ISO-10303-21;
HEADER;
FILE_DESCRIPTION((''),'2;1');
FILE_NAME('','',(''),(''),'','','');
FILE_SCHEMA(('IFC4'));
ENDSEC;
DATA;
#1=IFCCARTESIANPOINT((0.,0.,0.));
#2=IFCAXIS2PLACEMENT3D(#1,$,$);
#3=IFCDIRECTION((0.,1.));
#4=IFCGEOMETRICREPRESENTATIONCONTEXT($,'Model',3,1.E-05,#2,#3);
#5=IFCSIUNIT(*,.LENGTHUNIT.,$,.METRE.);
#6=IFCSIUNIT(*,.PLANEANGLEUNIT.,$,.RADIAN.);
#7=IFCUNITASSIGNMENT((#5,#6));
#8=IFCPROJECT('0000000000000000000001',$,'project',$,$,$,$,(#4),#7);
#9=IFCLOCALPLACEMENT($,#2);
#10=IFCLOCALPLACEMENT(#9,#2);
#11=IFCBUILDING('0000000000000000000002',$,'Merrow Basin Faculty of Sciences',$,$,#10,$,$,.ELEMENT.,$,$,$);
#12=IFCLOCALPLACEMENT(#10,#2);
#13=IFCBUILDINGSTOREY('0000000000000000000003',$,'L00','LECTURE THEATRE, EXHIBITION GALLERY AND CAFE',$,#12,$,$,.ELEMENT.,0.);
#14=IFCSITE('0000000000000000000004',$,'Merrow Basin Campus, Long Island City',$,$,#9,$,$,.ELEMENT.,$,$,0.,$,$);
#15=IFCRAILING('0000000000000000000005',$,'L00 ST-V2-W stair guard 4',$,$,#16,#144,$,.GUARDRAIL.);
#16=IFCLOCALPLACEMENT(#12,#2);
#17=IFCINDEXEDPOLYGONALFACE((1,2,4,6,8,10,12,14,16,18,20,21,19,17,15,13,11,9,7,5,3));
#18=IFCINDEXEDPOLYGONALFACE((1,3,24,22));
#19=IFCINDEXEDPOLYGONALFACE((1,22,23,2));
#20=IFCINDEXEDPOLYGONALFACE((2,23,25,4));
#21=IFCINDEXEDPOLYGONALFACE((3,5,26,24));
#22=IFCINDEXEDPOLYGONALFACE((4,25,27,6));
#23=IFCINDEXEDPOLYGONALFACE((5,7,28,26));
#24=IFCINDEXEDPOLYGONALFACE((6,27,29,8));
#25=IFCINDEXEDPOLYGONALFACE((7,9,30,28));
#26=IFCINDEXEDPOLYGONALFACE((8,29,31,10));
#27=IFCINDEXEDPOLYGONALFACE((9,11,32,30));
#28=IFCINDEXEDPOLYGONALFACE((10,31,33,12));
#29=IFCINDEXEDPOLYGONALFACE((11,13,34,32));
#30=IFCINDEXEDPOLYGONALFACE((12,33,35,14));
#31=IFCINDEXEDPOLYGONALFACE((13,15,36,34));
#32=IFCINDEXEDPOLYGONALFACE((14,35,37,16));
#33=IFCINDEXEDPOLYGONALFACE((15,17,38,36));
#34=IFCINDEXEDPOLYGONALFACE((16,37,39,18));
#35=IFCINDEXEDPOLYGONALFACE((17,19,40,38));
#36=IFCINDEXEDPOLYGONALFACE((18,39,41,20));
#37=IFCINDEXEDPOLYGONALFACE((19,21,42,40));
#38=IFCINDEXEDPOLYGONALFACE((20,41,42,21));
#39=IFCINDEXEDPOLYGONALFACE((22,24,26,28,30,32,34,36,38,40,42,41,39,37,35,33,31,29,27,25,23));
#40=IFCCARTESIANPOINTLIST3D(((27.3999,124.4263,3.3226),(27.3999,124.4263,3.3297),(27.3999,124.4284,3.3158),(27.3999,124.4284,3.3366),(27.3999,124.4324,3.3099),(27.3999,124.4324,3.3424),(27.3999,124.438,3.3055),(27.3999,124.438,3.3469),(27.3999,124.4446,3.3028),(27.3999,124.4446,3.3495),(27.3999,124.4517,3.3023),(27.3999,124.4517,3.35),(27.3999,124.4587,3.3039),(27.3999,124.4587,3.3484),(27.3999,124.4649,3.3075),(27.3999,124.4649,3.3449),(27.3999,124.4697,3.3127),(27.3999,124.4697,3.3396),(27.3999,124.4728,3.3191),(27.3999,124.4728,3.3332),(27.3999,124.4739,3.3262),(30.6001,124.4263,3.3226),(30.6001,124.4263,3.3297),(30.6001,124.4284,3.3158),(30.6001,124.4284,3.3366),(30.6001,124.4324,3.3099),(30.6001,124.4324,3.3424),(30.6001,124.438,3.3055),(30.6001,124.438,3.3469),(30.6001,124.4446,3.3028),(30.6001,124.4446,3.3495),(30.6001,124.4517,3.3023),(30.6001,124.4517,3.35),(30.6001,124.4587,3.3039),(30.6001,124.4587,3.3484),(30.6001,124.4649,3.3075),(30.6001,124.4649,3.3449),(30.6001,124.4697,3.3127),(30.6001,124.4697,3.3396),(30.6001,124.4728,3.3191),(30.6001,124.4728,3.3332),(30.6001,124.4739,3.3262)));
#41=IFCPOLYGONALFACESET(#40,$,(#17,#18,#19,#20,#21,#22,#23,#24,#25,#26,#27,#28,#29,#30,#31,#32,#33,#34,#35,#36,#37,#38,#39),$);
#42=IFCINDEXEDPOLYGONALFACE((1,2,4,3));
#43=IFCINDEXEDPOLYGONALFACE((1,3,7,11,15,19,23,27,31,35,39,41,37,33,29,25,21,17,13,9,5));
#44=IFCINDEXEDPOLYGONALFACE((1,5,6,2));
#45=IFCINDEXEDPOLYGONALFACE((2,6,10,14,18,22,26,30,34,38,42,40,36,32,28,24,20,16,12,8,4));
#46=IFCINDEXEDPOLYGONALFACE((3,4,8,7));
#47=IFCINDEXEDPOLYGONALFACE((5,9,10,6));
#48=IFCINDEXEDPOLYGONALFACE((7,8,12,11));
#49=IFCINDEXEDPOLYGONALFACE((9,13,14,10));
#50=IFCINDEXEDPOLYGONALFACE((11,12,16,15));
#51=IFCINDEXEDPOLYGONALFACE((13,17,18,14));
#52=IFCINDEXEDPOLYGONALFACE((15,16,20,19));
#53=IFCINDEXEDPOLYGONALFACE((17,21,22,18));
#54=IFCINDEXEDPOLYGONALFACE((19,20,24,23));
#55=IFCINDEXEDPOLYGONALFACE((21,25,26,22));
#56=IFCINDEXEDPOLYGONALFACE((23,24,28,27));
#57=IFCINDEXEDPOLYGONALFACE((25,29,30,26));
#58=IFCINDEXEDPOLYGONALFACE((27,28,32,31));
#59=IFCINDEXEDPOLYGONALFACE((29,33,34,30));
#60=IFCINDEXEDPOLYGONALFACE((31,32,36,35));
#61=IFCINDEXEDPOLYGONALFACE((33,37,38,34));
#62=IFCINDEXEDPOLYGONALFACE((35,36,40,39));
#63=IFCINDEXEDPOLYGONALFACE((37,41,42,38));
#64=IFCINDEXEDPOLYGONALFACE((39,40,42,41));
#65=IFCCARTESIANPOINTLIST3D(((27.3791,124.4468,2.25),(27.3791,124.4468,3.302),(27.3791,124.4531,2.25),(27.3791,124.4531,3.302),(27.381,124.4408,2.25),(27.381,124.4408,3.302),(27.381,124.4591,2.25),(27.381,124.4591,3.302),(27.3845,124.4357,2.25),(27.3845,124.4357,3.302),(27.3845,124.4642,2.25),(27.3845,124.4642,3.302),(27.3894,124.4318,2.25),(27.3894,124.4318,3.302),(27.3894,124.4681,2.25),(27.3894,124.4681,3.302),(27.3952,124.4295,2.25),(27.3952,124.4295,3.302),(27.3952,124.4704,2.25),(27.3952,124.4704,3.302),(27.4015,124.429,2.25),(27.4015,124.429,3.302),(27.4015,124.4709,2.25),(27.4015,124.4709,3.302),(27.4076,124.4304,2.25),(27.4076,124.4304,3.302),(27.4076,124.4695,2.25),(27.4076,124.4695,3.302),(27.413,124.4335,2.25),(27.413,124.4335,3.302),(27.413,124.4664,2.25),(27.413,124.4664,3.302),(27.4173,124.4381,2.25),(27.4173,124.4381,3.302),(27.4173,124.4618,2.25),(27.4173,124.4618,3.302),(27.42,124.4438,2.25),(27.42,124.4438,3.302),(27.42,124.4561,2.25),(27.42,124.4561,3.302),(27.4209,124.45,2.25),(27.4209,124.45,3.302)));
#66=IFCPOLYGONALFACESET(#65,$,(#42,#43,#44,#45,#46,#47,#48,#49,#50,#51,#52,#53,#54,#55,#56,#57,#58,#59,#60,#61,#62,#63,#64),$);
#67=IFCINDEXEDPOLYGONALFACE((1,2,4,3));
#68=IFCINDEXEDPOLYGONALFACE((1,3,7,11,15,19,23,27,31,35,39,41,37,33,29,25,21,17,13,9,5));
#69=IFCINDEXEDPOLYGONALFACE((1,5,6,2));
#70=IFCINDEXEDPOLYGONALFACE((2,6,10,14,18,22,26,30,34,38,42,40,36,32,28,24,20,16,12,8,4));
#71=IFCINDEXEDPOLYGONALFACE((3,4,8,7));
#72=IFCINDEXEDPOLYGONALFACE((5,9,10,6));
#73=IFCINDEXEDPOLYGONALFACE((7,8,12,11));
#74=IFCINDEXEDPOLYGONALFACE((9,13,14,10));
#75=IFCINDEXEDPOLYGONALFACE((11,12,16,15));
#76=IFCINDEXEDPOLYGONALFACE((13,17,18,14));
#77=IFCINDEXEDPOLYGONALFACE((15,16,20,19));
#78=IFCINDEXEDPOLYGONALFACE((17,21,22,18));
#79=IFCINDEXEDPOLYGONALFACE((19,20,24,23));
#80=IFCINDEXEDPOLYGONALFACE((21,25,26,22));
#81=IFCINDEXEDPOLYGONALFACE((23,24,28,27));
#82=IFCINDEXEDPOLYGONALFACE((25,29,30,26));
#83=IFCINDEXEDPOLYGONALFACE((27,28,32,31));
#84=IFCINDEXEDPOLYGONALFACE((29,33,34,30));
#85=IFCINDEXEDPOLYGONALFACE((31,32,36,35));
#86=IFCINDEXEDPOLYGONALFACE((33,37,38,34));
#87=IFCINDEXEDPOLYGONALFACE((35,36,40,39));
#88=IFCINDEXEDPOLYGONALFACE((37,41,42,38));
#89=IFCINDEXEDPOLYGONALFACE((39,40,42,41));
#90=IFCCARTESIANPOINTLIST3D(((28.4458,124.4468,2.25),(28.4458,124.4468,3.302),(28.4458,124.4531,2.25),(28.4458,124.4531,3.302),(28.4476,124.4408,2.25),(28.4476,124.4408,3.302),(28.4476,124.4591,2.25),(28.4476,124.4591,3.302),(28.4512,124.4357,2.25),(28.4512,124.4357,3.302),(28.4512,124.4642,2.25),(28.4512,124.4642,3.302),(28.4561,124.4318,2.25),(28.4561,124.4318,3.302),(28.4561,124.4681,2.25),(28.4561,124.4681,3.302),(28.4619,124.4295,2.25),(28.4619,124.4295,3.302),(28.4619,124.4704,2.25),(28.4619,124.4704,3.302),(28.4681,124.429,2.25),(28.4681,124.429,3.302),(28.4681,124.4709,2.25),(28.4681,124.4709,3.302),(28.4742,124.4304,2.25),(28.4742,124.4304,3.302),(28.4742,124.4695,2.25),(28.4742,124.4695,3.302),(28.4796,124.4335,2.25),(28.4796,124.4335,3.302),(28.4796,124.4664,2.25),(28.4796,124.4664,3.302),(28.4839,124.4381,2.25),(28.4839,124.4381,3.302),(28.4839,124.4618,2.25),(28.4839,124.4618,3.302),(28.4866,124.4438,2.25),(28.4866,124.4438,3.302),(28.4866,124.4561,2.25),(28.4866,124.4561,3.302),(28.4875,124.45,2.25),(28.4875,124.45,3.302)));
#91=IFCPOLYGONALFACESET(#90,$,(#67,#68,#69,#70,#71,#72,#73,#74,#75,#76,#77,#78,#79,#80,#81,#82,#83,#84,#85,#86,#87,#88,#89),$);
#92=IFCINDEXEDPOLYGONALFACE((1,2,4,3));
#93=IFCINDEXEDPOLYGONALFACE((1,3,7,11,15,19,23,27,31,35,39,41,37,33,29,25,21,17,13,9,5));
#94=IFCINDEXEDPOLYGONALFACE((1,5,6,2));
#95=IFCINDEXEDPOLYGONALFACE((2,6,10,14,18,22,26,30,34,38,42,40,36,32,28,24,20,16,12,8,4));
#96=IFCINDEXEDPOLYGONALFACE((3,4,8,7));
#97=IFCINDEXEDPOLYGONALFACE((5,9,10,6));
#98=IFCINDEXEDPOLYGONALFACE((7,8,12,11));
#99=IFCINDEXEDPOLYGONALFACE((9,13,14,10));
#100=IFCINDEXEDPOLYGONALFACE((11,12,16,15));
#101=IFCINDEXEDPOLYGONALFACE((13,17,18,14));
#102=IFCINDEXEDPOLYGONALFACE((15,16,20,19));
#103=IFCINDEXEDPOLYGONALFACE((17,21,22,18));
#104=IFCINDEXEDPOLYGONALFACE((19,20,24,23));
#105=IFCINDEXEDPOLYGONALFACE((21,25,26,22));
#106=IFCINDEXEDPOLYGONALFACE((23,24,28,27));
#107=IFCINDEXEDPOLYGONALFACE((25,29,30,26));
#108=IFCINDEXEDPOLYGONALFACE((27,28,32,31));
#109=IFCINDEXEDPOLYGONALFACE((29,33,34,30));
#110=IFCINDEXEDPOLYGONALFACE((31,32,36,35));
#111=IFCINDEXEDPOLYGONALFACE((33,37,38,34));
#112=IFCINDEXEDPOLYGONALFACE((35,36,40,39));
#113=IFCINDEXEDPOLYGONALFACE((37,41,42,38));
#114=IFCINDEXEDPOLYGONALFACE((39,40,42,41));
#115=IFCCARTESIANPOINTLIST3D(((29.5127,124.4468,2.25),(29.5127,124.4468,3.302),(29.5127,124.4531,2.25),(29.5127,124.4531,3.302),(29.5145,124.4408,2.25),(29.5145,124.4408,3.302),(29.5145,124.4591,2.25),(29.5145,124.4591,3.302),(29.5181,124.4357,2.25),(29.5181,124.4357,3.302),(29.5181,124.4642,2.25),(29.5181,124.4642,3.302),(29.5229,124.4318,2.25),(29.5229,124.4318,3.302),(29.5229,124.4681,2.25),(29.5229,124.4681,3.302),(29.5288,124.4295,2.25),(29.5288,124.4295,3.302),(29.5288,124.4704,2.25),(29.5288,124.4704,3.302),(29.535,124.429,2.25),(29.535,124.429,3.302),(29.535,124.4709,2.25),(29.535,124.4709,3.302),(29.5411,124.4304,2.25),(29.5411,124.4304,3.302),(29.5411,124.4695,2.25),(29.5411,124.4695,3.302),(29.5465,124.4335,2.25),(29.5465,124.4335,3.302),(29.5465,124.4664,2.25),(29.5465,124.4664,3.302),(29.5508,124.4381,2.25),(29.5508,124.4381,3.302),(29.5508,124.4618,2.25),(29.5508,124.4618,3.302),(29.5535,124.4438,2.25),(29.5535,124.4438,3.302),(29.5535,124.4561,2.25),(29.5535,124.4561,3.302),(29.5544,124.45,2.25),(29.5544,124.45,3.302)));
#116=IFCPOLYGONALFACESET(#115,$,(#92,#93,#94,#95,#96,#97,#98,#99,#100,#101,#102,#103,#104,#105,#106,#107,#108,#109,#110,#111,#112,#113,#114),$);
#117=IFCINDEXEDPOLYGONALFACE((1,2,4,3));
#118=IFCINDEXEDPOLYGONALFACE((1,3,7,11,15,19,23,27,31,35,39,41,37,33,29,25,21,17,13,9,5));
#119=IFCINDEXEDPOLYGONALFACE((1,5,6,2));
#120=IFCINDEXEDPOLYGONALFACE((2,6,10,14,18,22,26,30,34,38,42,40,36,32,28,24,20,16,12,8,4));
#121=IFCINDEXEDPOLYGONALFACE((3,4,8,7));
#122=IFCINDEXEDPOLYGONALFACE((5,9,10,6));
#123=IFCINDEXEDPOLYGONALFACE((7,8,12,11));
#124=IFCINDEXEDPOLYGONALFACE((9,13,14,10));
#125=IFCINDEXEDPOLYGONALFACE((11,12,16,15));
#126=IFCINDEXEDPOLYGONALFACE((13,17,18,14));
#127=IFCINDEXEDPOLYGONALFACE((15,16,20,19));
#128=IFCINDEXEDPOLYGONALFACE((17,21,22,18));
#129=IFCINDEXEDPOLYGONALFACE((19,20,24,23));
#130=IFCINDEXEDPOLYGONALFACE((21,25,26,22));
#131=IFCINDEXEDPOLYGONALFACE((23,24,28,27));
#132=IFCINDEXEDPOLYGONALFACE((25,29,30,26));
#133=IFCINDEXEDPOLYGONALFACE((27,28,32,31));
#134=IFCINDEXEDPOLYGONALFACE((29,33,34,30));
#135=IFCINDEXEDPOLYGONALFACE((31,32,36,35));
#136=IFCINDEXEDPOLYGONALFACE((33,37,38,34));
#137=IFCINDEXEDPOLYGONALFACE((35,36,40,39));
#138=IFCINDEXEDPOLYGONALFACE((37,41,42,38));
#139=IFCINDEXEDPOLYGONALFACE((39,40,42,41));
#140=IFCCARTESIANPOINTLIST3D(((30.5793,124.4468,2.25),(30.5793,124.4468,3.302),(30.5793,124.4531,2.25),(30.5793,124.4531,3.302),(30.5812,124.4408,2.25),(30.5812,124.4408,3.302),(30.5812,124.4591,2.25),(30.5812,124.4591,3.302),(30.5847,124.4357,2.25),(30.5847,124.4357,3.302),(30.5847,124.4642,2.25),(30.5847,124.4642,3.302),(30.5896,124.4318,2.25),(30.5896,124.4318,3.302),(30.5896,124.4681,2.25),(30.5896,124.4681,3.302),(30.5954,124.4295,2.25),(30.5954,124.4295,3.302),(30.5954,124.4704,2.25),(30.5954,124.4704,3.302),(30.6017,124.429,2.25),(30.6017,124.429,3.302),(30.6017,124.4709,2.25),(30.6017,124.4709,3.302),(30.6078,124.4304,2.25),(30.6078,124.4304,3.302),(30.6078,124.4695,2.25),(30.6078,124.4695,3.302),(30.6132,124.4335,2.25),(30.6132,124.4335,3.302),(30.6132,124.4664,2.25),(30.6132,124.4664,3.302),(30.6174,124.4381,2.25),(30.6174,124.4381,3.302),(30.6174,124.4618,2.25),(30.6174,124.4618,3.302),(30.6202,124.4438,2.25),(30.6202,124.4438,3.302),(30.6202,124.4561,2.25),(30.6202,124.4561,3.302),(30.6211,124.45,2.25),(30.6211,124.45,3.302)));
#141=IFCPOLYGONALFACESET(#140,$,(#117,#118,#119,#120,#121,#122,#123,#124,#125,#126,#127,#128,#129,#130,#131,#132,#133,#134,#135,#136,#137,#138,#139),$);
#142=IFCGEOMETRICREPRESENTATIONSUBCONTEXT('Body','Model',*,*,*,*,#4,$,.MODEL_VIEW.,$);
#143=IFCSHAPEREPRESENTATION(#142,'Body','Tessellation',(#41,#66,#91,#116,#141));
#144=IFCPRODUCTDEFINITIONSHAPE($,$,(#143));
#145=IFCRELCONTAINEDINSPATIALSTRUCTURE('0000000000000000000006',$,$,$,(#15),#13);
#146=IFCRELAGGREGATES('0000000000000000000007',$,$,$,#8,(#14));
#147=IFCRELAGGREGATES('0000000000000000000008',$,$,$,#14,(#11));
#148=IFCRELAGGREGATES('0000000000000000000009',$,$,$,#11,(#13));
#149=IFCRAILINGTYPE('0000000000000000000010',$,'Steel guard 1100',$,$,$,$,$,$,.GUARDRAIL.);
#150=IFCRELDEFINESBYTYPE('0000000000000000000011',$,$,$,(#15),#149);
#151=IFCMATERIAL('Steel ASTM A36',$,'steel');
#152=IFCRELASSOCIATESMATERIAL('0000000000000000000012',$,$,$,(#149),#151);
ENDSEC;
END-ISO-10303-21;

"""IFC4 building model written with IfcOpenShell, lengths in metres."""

from ifc_helpers import new_model, si_unit, direction, frame, origin, origin_2d, place, context, subcontext, project, spatial, circle, extrude, material, type_object, element, save


model = new_model("IFC4")

# Units and contexts
model_context = context("Model", 3, precision=1e-05, world=origin(), true_north=direction((0.0, 1.0)))
body_context = subcontext(model_context, "Body", "Model", "MODEL_VIEW")
ifc_project = project(units=[si_unit("LENGTHUNIT", "METRE"), si_unit("PLANEANGLEUNIT", "RADIAN")], contexts=[model_context])

# Site, building, storey
site_placement = place(None, origin())
site = spatial("IfcSite", under=ifc_project, at=site_placement, Name="Merrow Basin Campus, Long Island City", CompositionType="ELEMENT", RefElevation=0.0)
building_placement = place(site_placement, origin())
building = spatial("IfcBuilding", under=site, at=building_placement, Name="Merrow Basin Faculty of Sciences", CompositionType="ELEMENT")
storey_placement = place(building_placement, origin())
storey = spatial("IfcBuildingStorey", under=building, at=storey_placement, Name="L00", Description="LECTURE THEATRE, EXHIBITION GALLERY AND CAFE", CompositionType="ELEMENT", Elevation=0.0)

# Railing
ifc_material_1 = material(Name="Steel ASTM A36", Category="steel")
railing_type_1 = type_object("IfcRailingType", Name="Steel guard 1100", PredefinedType="GUARDRAIL", material=ifc_material_1)
railing_1_placement = place(storey_placement, frame((27.3999, 124.45, 2.25)))
element("IfcRailing", 1, at=railing_1_placement, inside=storey, type_object=railing_type_1, Name="L00 ST-V2-W stair guard 4", PredefinedType="GUARDRAIL", context=body_context, shape_type="SweptSolid", body=[
    extrude(circle(Radius=0.0239, at=origin_2d()), frame((0.0, 0.0, 1.0762), z_axis=(1.0, 0.0, 0.0), x_axis=(0.0, 1.0, 0.0)), (0.0, 0.0, 1.0), 3.2002),
    extrude(circle(Radius=0.021, at=origin_2d()), origin(), (0.0, 0.0, 1.0), 1.052),
    extrude(circle(Radius=0.021, at=origin_2d()), frame((1.0667, 0.0, 0.0)), (0.0, 0.0, 1.0), 1.052),
    extrude(circle(Radius=0.021, at=origin_2d()), frame((2.1335, 0.0, 0.0)), (0.0, 0.0, 1.0), 1.052),
    extrude(circle(Radius=0.021, at=origin_2d()), frame((3.2002, 0.0, 0.0)), (0.0, 0.0, 1.0), 1.052),
])

save(model, "model.ifc")
